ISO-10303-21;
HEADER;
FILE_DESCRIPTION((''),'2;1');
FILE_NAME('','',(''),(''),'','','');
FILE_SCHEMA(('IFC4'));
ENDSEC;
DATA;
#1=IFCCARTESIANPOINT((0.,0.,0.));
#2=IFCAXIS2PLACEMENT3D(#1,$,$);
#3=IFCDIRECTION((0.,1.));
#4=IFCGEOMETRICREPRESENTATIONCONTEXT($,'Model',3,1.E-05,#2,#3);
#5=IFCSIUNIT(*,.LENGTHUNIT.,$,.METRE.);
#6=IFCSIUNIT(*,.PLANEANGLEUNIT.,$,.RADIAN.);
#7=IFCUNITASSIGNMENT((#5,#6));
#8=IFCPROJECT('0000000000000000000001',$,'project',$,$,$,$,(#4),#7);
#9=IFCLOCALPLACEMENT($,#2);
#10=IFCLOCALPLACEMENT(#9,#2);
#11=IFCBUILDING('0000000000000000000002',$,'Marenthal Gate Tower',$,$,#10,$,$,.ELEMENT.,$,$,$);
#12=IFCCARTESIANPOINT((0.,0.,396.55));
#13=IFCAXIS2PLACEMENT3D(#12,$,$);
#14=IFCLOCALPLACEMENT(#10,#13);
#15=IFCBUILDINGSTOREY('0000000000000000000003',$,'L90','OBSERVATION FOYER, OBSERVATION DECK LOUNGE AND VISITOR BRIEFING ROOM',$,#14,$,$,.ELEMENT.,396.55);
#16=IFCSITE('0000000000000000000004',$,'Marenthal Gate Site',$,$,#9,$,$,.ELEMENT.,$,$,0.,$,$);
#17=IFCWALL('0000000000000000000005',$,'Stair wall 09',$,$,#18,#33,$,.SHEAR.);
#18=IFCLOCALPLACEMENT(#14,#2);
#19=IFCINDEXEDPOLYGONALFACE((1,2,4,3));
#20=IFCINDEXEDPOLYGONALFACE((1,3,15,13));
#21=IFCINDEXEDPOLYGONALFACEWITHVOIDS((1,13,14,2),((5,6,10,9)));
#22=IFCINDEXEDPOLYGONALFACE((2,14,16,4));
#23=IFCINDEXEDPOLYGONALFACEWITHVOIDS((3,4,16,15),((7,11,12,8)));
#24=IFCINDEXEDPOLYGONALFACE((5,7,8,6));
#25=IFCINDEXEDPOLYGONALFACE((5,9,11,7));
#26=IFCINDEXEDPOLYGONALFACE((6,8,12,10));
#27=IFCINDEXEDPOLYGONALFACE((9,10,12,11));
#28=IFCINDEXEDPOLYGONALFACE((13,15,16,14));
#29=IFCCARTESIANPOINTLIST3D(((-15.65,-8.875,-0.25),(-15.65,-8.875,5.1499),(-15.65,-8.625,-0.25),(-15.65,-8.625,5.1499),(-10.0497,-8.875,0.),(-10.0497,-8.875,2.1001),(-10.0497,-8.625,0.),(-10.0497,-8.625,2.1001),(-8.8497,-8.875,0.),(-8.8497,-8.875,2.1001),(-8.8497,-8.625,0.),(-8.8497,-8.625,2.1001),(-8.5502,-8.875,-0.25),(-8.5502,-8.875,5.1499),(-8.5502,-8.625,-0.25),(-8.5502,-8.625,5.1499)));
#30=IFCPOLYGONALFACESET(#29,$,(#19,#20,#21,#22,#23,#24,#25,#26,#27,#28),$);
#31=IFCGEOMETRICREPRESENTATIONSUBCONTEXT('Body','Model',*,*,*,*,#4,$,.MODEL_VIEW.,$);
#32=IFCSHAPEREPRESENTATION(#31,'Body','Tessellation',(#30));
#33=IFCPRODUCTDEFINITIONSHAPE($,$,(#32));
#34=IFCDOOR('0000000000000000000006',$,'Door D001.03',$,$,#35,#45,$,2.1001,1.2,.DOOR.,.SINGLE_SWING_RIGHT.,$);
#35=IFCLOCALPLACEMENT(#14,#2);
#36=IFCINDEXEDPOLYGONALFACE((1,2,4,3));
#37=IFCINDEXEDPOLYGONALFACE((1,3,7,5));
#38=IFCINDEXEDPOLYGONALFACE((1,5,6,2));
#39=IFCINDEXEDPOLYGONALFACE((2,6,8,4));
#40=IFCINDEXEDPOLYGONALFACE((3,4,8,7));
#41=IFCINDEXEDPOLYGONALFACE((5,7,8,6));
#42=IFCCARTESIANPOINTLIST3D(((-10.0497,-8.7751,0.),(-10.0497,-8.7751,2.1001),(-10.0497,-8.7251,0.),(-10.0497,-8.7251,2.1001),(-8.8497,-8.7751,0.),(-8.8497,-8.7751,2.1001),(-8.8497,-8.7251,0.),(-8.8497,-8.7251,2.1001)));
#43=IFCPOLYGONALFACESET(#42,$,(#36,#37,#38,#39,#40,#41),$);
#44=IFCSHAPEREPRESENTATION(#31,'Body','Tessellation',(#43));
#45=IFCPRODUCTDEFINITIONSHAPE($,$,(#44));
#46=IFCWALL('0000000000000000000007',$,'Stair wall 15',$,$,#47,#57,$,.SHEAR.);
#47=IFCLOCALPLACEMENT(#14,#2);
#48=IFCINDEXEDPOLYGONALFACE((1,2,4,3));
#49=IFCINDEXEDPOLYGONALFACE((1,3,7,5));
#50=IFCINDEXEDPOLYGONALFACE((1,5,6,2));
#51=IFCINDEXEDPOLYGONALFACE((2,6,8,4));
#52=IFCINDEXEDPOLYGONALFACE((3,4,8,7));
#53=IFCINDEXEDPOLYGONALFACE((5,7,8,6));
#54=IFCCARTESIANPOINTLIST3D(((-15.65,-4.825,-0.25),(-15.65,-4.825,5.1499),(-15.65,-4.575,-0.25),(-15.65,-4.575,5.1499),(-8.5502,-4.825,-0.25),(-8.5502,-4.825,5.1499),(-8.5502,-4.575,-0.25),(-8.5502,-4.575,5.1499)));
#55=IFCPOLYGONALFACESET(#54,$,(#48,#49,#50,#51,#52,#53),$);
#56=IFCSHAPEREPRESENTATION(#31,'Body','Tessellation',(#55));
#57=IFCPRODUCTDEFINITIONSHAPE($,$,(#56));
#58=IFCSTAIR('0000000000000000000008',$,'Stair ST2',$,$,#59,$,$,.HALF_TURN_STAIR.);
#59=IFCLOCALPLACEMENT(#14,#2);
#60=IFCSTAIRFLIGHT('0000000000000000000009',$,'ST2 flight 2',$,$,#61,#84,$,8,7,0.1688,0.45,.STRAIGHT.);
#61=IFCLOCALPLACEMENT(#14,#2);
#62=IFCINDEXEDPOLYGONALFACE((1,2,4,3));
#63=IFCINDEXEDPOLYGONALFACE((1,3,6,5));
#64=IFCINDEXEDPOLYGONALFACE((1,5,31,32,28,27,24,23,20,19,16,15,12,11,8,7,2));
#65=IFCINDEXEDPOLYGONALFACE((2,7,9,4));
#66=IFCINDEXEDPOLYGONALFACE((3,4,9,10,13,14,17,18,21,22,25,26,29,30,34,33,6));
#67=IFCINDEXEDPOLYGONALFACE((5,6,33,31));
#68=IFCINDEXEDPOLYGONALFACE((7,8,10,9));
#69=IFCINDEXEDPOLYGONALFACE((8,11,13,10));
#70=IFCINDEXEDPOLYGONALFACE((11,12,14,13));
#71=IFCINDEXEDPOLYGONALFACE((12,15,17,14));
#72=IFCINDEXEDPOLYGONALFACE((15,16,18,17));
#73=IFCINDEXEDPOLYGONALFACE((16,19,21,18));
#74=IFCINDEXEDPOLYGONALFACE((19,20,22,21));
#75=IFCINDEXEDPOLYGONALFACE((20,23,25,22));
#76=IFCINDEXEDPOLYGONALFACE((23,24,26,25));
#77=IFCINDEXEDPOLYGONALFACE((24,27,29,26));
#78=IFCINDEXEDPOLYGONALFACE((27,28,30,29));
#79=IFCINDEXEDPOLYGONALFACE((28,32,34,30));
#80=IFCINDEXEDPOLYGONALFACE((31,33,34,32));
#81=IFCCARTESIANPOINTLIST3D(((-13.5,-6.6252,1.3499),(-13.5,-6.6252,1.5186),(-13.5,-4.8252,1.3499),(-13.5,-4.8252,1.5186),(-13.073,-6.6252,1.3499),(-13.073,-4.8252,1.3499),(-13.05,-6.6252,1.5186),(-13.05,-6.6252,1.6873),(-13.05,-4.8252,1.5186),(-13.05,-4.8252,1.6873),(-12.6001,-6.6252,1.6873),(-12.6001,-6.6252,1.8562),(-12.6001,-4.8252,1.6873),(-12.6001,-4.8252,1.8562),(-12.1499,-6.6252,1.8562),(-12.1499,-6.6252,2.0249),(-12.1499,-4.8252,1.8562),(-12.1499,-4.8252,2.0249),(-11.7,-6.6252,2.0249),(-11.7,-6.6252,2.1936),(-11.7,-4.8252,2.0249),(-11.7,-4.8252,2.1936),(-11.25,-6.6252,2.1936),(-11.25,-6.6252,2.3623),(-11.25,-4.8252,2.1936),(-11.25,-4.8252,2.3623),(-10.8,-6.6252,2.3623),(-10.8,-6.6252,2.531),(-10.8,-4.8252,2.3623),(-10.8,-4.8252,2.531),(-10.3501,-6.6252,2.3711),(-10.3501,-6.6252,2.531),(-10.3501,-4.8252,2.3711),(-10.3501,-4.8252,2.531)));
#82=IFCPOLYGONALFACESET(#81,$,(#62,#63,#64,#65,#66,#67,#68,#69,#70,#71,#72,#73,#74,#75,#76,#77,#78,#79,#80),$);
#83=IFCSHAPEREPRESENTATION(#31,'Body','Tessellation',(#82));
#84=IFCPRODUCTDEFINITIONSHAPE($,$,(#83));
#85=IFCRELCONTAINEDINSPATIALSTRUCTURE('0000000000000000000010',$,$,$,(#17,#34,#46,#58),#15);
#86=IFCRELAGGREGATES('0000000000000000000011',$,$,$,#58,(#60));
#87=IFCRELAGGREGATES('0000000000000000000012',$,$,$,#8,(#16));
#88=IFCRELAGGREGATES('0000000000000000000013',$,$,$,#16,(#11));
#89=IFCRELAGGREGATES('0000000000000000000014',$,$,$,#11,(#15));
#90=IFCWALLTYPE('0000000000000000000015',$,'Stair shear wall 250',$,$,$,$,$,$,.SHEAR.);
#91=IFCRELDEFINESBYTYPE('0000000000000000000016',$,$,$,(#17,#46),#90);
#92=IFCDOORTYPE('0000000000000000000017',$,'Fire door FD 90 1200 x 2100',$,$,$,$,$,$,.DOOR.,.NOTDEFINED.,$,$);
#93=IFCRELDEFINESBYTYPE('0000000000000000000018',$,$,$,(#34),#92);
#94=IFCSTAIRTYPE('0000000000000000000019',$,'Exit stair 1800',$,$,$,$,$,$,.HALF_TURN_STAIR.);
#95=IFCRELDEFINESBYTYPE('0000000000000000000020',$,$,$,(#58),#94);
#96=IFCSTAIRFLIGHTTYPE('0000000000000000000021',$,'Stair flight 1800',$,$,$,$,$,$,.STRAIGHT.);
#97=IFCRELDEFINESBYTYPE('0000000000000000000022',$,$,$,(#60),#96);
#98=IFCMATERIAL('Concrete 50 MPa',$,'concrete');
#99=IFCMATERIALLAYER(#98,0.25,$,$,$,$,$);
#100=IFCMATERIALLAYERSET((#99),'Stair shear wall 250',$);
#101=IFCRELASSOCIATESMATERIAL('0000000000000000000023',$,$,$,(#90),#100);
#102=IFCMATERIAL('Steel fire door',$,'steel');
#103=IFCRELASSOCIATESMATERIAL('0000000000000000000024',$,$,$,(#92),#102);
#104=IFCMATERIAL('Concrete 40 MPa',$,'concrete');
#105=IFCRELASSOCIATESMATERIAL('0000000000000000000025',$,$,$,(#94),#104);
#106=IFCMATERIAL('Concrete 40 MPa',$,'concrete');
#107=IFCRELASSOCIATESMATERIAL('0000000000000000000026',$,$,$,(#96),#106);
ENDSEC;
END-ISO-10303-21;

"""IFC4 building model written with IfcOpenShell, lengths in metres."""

from ifc_helpers import new_model, si_unit, direction, frame, frame_2d, origin, place, context, subcontext, project, spatial, polyline, rectangle, outline, extrude, material, layer, layer_set, type_object, element, fill, aggregate, save


model = new_model("IFC4")

# Units and contexts
model_context = context("Model", 3, precision=1e-05, world=origin(), true_north=direction((0.0, 1.0)))
body_context = subcontext(model_context, "Body", "Model", "MODEL_VIEW")
ifc_project = project(units=[si_unit("LENGTHUNIT", "METRE"), si_unit("PLANEANGLEUNIT", "RADIAN")], contexts=[model_context])

# Site, building, storey
site_placement = place(None, origin())
site = spatial("IfcSite", under=ifc_project, at=site_placement, Name="Marenthal Gate Site", CompositionType="ELEMENT", RefElevation=0.0)
building_placement = place(site_placement, origin())
building = spatial("IfcBuilding", under=site, at=building_placement, Name="Marenthal Gate Tower", CompositionType="ELEMENT")
storey_placement = place(building_placement, frame((0.0, 0.0, 396.55)))
storey = spatial("IfcBuildingStorey", under=building, at=storey_placement, Name="L90", Description="OBSERVATION FOYER, OBSERVATION DECK LOUNGE AND VISITOR BRIEFING ROOM", CompositionType="ELEMENT", Elevation=396.55)

# Wall, opening, door
ifc_material_1 = material(Name="Concrete 50 MPa", Category="concrete")
ifc_layer_1 = layer(ifc_material_1, 0.25)
ifc_layer_set_1 = layer_set([ifc_layer_1], Name="Stair shear wall 250")
wall_type_1 = type_object("IfcWallType", Name="Stair shear wall 250", PredefinedType="SHEAR", material=ifc_layer_set_1)
wall_1_placement = place(storey_placement, frame((-15.6499, -8.75, -0.25), z_axis=(0.0, 0.0, 1.0), x_axis=(1.0, 0.0, 0.0)))
wall_1 = element("IfcWall", 1, at=wall_1_placement, inside=storey, type_object=wall_type_1, Name="Stair wall 09", PredefinedType="SHEAR", context=body_context, shape_type="SweptSolid", body=[
    extrude(rectangle(XDim=7.0999, YDim=0.25, at=frame_2d((3.5498, 0.0))), origin(), (0.0, 0.0, 1.0), 5.3999),
])
opening_placement = place(wall_1_placement, frame((5.6001, 0.0, 0.25)))
opening = element("IfcOpeningElement", 2, at=opening_placement, cuts=wall_1, PredefinedType="OPENING", context=body_context, shape_type="SweptSolid", body=[
    extrude(rectangle(XDim=1.2, YDim=2.1001, at=frame_2d((0.6001, 1.05))), frame((0.0, 0.135, 0.0), z_axis=(0.0, -1.0, 0.0), x_axis=(1.0, 0.0, 0.0)), (0.0, 0.0, 1.0), 0.27),
])
ifc_material_2 = material(Name="Steel fire door", Category="steel")
door_type = type_object("IfcDoorType", Name="Fire door FD 90 1200 x 2100", OperationType="NOTDEFINED", PredefinedType="DOOR", material=ifc_material_2)
door_placement = place(opening_placement, origin())
door = element("IfcDoor", 3, at=door_placement, inside=storey, type_object=door_type, Name="Door D001.03", OperationType="SINGLE_SWING_RIGHT", OverallHeight=2.1001, OverallWidth=1.2, PredefinedType="DOOR", context=body_context, shape_type="SweptSolid", body=[
    extrude(rectangle(XDim=1.2, YDim=2.1001, at=frame_2d((0.6001, 1.05))), frame((0.0, 0.0249, 0.0), z_axis=(0.0, -1.0, 0.0), x_axis=(1.0, 0.0, 0.0)), (0.0, 0.0, 1.0), 0.05),
])
fill(opening, door)

# Wall
wall_2_placement = place(storey_placement, frame((-15.6499, -4.7, -0.25), z_axis=(0.0, 0.0, 1.0), x_axis=(1.0, 0.0, 0.0)))
element("IfcWall", 4, at=wall_2_placement, inside=storey, type_object=wall_type_1, Name="Stair wall 15", PredefinedType="SHEAR", context=body_context, shape_type="SweptSolid", body=[
    extrude(rectangle(XDim=7.0999, YDim=0.25, at=frame_2d((3.5498, 0.0))), origin(), (0.0, 0.0, 1.0), 5.3999),
])

# Stair, stair flight
ifc_material_3 = material(Name="Concrete 40 MPa", Category="concrete")
stair_type = type_object("IfcStairType", Name="Exit stair 1800", PredefinedType="HALF_TURN_STAIR", material=ifc_material_3)
stair_placement = place(storey_placement, origin())
stair = element("IfcStair", 5, at=stair_placement, inside=storey, type_object=stair_type, Name="Stair ST2", PredefinedType="HALF_TURN_STAIR")
ifc_material_4 = material(Name="Concrete 40 MPa", Category="concrete")
stair_flight_type = type_object("IfcStairFlightType", Name="Stair flight 1800", PredefinedType="STRAIGHT", material=ifc_material_4)
stair_flight_placement = place(storey_placement, frame((-13.5, -5.7251, 1.3499), z_axis=(0.0, 0.0, 1.0), x_axis=(1.0, 0.0, 0.0)))
stair_flight = element("IfcStairFlight", 6, at=stair_flight_placement, type_object=stair_flight_type, Name="ST2 flight 2", NumberOfRisers=8, NumberOfTreads=7, PredefinedType="STRAIGHT", RiserHeight=0.1688, TreadLength=0.45, context=body_context, shape_type="SweptSolid", body=[
    extrude(outline(polyline([(0.0, 0.0), (0.0, 0.1687), (0.45, 0.1687), (0.45, 0.3374), (0.8999, 0.3374), (0.8999, 0.5063), (1.3501, 0.5063), (1.3501, 0.675), (1.8, 0.675), (1.8, 0.8438), (2.25, 0.8438), (2.25, 1.0125), (2.7, 1.0125), (2.7, 1.1812), (3.1499, 1.1812), (3.1499, 1.3501), (3.1499, 1.0212), (0.427, 0.0), (0.0, 0.0)])), frame((0.0, 0.8999, 0.0), z_axis=(0.0, -1.0, 0.0), x_axis=(1.0, 0.0, 0.0)), (0.0, 0.0, 1.0), 1.8),
])
aggregate(stair, [stair_flight])

save(model, "model.ifc")
